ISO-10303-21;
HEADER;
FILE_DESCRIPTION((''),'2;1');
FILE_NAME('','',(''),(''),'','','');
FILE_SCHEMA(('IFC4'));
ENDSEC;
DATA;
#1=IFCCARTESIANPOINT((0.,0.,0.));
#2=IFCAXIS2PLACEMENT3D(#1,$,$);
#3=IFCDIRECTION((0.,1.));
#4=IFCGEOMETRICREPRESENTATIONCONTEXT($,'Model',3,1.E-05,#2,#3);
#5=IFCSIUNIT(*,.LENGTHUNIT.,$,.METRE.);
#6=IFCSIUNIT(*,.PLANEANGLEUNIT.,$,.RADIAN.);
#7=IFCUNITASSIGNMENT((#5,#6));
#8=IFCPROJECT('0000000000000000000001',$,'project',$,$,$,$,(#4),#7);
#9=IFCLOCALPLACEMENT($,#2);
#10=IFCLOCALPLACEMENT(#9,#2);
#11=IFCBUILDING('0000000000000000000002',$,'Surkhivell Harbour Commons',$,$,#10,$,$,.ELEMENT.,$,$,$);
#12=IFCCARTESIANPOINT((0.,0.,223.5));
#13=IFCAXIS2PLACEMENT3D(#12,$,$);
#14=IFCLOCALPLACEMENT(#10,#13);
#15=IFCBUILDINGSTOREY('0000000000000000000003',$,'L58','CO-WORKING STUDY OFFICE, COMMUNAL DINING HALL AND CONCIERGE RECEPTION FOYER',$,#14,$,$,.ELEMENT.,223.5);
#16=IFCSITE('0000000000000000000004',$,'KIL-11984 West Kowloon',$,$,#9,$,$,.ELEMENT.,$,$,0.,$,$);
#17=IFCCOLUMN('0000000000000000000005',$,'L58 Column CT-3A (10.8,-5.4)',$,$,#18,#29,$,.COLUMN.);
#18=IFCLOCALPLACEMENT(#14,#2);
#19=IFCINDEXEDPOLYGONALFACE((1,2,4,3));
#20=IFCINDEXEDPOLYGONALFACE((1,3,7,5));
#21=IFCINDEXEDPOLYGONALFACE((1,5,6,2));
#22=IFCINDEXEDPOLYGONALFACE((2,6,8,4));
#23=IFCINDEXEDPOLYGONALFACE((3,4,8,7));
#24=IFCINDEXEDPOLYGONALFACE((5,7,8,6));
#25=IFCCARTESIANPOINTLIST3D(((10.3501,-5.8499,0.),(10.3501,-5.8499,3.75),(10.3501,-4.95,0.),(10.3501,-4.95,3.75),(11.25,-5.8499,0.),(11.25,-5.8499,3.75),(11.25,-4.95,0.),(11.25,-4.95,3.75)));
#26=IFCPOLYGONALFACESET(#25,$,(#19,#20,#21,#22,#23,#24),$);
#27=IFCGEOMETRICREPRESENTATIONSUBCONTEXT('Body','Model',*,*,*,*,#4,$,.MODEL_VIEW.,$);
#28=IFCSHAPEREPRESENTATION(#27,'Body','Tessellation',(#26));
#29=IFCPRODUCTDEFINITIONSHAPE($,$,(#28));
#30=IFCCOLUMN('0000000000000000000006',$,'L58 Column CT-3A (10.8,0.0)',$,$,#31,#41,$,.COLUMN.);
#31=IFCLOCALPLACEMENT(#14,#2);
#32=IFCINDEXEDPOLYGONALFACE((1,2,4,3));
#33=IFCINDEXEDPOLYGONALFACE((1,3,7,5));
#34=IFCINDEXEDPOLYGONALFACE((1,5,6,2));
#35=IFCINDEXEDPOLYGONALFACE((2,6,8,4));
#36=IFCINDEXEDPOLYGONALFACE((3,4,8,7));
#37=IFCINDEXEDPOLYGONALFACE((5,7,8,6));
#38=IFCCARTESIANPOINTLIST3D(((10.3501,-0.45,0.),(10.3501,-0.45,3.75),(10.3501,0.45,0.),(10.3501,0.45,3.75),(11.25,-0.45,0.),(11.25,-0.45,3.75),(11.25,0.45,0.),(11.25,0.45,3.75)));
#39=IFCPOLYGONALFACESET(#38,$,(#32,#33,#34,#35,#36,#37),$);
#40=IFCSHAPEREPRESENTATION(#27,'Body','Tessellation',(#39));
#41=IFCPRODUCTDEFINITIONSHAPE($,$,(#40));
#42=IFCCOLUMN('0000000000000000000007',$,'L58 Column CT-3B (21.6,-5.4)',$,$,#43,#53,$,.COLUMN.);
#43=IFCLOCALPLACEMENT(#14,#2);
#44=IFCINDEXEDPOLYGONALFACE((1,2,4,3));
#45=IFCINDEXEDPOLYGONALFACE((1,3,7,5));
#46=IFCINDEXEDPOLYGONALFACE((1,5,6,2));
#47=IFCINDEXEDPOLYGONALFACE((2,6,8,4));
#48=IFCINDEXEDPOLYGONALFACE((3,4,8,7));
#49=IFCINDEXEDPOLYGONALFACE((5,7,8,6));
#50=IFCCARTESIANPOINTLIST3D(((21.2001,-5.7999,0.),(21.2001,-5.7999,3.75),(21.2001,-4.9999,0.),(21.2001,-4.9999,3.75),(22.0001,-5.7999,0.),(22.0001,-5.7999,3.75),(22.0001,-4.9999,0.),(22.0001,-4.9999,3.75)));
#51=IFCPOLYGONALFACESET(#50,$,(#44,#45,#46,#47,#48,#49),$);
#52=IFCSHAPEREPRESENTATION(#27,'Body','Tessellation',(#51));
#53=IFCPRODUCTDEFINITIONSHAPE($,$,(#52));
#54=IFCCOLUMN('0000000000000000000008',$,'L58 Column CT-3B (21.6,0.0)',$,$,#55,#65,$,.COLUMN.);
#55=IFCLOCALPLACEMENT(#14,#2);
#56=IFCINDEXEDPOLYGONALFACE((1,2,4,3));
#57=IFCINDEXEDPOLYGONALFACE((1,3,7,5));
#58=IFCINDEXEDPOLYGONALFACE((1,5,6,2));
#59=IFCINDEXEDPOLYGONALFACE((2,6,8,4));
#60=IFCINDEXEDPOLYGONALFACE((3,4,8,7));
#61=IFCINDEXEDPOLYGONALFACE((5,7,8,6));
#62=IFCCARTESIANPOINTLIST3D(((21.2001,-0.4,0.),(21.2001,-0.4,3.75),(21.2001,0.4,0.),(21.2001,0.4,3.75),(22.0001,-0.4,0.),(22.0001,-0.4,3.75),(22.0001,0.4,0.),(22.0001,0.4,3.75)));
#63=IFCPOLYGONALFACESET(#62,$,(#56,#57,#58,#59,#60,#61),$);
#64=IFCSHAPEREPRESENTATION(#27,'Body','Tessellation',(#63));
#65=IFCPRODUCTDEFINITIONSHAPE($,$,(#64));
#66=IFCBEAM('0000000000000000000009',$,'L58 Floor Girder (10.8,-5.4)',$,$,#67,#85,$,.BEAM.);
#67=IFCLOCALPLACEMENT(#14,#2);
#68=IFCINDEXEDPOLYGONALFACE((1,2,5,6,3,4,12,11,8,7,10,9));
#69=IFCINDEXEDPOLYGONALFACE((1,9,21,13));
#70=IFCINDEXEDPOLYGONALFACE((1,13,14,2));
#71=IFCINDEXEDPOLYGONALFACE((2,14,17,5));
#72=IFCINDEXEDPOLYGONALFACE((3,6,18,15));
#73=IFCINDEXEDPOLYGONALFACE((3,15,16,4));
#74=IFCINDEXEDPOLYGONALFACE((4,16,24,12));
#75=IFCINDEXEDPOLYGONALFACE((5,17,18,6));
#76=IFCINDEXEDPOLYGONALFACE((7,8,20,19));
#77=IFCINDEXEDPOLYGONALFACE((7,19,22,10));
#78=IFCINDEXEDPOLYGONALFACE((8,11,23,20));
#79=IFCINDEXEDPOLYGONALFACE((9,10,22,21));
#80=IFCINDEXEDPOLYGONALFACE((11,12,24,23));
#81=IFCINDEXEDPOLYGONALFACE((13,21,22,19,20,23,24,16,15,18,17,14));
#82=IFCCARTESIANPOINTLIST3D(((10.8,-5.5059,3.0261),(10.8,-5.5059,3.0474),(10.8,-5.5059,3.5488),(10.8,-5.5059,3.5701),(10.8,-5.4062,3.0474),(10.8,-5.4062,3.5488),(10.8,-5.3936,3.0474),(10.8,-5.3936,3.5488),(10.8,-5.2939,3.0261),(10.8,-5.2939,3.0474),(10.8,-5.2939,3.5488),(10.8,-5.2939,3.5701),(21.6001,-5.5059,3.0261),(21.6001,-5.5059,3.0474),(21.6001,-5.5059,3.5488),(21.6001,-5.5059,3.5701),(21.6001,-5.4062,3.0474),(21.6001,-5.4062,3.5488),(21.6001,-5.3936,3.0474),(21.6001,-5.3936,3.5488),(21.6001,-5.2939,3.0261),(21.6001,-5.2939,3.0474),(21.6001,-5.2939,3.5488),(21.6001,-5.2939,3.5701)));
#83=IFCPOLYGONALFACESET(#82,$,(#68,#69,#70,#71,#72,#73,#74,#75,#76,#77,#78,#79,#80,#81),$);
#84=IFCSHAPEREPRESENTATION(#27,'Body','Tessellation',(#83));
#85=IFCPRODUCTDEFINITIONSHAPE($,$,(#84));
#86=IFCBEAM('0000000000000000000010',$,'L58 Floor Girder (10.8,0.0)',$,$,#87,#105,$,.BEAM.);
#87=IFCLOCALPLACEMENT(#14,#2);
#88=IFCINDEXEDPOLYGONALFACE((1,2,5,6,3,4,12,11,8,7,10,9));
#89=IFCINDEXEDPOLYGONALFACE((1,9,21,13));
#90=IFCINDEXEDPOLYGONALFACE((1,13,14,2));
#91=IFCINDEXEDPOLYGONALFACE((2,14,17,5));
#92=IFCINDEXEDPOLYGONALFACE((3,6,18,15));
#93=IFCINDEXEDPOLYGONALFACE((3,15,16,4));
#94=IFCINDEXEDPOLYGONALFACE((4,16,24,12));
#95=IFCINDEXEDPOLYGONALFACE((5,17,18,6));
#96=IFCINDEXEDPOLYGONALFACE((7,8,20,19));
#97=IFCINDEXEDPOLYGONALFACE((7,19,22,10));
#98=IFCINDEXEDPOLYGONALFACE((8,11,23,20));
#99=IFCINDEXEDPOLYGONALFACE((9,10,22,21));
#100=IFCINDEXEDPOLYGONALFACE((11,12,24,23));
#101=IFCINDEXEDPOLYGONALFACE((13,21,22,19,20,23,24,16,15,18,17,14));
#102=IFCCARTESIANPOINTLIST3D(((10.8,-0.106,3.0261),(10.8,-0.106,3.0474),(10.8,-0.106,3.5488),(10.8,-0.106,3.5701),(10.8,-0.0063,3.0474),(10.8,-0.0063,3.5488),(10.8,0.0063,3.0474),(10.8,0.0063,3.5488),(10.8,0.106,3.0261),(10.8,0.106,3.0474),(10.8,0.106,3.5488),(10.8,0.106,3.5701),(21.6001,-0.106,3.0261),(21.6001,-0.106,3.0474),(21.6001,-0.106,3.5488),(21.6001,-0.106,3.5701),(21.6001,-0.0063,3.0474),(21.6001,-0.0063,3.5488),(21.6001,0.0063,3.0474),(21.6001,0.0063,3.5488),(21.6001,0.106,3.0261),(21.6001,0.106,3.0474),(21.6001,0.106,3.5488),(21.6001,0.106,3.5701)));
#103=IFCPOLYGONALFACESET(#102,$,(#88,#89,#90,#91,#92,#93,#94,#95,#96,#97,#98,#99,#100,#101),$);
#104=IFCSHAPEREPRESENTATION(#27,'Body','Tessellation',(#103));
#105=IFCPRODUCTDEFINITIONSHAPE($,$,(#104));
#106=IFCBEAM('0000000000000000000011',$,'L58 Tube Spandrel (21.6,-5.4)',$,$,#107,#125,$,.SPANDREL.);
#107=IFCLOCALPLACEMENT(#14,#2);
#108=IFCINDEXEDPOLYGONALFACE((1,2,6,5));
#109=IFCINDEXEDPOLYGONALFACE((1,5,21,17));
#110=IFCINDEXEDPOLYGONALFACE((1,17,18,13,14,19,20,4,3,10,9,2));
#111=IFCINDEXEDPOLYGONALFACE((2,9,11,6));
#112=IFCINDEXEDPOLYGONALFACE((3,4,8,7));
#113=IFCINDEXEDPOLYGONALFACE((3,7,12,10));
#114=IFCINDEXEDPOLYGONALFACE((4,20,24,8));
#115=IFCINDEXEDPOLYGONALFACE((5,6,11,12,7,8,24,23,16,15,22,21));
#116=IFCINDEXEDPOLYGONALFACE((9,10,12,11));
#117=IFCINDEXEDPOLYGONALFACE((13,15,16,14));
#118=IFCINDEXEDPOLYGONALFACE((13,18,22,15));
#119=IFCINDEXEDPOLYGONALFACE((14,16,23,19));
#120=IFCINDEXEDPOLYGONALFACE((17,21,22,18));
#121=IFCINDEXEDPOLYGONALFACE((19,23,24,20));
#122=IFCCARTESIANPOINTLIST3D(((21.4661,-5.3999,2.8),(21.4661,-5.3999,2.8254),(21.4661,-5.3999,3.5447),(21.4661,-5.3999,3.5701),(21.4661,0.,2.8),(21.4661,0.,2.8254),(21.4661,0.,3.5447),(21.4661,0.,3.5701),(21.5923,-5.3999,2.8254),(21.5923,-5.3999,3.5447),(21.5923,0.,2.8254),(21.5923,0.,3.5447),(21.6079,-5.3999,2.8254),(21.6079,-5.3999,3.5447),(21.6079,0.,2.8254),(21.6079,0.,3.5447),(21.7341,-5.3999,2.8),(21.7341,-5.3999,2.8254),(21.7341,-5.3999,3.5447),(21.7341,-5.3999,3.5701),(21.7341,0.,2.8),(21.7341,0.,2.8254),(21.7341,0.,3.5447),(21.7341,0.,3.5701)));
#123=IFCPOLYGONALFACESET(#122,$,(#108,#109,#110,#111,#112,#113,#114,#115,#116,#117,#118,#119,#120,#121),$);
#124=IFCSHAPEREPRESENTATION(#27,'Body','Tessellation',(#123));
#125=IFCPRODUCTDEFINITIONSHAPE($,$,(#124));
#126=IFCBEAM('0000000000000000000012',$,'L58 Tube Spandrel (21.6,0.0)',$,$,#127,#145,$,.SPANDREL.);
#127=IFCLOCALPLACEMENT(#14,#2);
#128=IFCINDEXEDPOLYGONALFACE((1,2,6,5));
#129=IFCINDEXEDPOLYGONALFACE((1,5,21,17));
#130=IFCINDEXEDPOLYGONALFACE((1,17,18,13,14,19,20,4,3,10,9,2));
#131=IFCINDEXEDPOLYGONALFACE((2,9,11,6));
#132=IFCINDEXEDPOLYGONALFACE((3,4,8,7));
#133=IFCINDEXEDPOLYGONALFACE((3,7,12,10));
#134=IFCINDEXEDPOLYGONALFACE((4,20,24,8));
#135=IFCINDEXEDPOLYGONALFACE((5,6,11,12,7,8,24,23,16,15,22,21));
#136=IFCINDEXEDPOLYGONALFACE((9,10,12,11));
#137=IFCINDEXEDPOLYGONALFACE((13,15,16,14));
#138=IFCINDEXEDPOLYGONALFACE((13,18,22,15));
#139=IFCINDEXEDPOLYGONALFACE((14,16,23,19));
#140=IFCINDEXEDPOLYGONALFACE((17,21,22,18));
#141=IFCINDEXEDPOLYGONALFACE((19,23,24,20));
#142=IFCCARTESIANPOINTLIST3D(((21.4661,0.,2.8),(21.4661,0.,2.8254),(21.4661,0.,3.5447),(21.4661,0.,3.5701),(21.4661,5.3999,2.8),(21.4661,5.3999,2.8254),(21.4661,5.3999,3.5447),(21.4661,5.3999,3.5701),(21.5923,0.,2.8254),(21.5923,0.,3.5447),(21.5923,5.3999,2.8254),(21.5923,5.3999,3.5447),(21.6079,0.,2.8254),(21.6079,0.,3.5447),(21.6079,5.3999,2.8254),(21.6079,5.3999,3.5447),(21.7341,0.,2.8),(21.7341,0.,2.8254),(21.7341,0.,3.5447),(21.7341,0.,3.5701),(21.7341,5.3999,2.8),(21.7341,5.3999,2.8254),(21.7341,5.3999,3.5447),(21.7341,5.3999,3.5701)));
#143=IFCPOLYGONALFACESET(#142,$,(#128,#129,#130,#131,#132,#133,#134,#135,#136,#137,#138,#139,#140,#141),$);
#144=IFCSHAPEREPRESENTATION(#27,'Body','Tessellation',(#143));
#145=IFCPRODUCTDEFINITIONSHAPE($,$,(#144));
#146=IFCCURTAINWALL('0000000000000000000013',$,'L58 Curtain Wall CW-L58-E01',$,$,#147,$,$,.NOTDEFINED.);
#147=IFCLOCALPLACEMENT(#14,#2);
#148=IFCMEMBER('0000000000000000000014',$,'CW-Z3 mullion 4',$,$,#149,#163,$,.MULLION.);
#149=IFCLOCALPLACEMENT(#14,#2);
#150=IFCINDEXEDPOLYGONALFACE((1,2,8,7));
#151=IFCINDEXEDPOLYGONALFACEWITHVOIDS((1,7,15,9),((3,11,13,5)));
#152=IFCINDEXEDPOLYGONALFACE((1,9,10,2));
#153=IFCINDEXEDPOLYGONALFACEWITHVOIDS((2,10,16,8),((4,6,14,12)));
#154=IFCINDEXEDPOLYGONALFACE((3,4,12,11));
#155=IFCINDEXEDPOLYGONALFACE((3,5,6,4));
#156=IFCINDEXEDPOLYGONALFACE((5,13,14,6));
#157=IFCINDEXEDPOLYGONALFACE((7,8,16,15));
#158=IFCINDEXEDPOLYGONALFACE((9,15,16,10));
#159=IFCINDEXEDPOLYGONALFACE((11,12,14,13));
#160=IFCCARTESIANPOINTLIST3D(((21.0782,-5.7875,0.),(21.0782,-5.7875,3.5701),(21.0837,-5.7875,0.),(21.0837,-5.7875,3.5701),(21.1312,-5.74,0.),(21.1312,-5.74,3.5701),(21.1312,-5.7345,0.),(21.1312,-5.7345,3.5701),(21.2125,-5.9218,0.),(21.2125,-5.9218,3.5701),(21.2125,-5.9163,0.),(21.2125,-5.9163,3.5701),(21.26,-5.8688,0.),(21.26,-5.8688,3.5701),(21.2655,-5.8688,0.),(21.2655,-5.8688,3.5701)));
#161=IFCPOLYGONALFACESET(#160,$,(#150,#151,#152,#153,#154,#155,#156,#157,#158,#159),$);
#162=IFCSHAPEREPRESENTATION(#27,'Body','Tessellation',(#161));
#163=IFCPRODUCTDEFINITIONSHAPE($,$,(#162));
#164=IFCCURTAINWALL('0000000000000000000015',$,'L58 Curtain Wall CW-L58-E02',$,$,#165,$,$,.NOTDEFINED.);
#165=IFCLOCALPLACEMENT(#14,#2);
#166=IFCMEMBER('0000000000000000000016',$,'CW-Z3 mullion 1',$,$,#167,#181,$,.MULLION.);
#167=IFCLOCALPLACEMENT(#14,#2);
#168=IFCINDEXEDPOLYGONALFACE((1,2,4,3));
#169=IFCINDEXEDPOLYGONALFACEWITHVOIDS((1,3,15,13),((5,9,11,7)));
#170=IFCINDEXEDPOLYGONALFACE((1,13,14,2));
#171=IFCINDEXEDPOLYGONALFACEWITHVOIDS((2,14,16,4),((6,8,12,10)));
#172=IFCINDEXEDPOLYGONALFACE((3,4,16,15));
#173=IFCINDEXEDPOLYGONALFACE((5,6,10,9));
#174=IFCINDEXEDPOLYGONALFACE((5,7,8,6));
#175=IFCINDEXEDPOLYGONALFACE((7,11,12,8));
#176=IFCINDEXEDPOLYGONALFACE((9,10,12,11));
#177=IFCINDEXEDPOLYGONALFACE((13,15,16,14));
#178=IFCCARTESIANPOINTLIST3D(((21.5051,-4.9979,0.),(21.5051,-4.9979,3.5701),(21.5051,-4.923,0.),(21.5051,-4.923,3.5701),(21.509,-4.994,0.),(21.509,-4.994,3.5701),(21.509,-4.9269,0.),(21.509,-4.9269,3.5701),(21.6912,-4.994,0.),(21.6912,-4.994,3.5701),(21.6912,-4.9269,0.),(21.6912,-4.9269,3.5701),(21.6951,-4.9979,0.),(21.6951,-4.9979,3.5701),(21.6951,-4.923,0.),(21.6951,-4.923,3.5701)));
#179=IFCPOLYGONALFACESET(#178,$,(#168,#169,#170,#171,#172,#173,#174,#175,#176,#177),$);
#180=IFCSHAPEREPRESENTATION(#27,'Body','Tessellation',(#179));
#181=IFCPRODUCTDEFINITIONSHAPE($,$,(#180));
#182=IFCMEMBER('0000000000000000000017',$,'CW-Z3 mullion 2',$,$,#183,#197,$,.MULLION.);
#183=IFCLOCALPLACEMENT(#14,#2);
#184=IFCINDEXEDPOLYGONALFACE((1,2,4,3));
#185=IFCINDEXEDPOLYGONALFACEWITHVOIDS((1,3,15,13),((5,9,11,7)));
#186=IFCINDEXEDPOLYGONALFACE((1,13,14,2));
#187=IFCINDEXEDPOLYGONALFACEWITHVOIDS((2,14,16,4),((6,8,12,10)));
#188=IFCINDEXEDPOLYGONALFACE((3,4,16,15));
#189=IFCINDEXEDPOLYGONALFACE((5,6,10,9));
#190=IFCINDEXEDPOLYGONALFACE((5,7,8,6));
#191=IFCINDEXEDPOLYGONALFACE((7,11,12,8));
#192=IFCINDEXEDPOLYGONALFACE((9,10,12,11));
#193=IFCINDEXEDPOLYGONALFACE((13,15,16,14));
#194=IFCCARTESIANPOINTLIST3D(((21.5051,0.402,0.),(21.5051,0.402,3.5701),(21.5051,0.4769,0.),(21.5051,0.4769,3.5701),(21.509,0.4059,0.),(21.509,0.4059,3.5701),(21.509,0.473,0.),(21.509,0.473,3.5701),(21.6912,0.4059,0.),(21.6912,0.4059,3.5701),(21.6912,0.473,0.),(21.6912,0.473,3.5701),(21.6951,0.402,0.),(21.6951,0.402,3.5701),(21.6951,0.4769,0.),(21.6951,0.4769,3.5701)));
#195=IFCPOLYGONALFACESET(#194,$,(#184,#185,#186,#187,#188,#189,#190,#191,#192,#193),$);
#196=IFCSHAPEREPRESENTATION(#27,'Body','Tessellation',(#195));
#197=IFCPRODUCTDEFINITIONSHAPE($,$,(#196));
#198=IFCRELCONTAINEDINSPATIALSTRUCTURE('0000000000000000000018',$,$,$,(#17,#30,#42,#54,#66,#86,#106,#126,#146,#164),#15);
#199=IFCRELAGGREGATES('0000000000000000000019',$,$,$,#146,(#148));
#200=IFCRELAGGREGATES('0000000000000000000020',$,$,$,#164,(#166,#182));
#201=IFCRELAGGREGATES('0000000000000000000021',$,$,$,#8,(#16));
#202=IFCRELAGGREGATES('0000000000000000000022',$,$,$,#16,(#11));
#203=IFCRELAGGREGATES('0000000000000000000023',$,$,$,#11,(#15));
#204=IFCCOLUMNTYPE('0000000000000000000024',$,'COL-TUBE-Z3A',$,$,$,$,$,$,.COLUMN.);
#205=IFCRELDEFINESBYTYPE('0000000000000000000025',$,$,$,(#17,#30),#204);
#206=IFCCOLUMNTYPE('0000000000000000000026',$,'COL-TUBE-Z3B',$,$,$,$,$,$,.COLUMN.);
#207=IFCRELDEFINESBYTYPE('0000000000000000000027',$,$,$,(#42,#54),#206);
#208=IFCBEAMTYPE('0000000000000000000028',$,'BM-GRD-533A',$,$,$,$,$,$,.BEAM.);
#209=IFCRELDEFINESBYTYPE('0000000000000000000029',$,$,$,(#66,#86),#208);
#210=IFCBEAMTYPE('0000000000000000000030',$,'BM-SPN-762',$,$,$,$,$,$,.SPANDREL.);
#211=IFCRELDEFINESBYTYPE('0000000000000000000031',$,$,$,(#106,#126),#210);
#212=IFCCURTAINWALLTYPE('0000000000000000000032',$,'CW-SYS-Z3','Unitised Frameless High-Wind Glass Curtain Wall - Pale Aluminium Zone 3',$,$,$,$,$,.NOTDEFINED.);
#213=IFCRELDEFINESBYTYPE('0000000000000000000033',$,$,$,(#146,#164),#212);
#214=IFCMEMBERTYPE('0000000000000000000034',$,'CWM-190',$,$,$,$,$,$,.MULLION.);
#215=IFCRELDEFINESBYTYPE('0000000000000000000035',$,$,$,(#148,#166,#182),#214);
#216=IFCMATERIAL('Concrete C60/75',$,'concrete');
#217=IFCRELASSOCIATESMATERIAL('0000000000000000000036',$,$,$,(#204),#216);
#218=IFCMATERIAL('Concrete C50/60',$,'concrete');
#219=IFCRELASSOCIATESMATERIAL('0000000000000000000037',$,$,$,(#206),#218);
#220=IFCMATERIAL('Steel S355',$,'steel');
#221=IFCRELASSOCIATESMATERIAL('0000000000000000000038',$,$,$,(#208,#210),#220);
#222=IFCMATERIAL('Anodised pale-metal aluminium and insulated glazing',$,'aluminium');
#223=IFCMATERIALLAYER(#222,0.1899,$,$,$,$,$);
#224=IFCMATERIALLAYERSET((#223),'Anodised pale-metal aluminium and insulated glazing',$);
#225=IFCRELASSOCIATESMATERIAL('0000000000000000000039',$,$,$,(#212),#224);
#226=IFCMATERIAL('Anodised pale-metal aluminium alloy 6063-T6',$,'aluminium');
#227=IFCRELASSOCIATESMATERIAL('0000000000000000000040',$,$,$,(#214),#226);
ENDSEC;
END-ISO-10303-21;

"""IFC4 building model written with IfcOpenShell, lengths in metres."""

from ifc_helpers import new_model, si_unit, direction, frame, origin, origin_2d, place, context, subcontext, project, spatial, rectangle, hollow_rectangle, i_section, extrude, material, layer, layer_set, material_profile, profile_set, type_object, element, aggregate, save


model = new_model("IFC4")

# Units and contexts
model_context = context("Model", 3, precision=1e-05, world=origin(), true_north=direction((0.0, 1.0)))
body_context = subcontext(model_context, "Body", "Model", "MODEL_VIEW")
ifc_project = project(units=[si_unit("LENGTHUNIT", "METRE"), si_unit("PLANEANGLEUNIT", "RADIAN")], contexts=[model_context])

# Site, building, storey
site_placement = place(None, origin())
site = spatial("IfcSite", under=ifc_project, at=site_placement, Name="KIL-11984 West Kowloon", CompositionType="ELEMENT", RefElevation=0.0)
building_placement = place(site_placement, origin())
building = spatial("IfcBuilding", under=site, at=building_placement, Name="Surkhivell Harbour Commons", CompositionType="ELEMENT")
storey_placement = place(building_placement, frame((0.0, 0.0, 223.5)))
storey = spatial("IfcBuildingStorey", under=building, at=storey_placement, Name="L58", Description="CO-WORKING STUDY OFFICE, COMMUNAL DINING HALL AND CONCIERGE RECEPTION FOYER", CompositionType="ELEMENT", Elevation=223.5)

# Columns
ifc_material_1 = material(Name="Concrete C60/75", Category="concrete")
ifc_material_profile_1 = material_profile(ifc_material_1, rectangle(XDim=0.8999, YDim=0.8999, at=origin_2d()), Name="RC-COL-900x900")
ifc_profile_set_1 = profile_set([ifc_material_profile_1], Name="Concrete C60/75")
column_type_1 = type_object("IfcColumnType", Name="COL-TUBE-Z3A", PredefinedType="COLUMN", material=ifc_profile_set_1)
for number, where, z_axis, x_axis, name in (
    (1, (10.8, -5.3999, 0.0), (0.0, 0.0, 1.0), (1.0, 0.0, 0.0), "L58 Column CT-3A (10.8,-5.4)"),
    (2, (10.8, 0.0, 0.0), (0.0, 0.0, 1.0), (1.0, 0.0, 0.0), "L58 Column CT-3A (10.8,0.0)"),
):
    element("IfcColumn", number, at=place(storey_placement, frame(where, z_axis=z_axis, x_axis=x_axis)), inside=storey, type_object=column_type_1, Name=name, PredefinedType="COLUMN", context=body_context, shape_type="SweptSolid", body=[
        extrude(rectangle(XDim=0.8999, YDim=0.8999, at=origin_2d()), origin(), (0.0, 0.0, 1.0), 3.75),
    ])
ifc_material_2 = material(Name="Concrete C50/60", Category="concrete")
ifc_material_profile_2 = material_profile(ifc_material_2, rectangle(XDim=0.8, YDim=0.8, at=origin_2d()), Name="RC-COL-800x800")
ifc_profile_set_2 = profile_set([ifc_material_profile_2], Name="Concrete C50/60")
column_type_2 = type_object("IfcColumnType", Name="COL-TUBE-Z3B", PredefinedType="COLUMN", material=ifc_profile_set_2)
for number, where, z_axis, x_axis, name in (
    (3, (21.6001, -5.3999, 0.0), (0.0, 0.0, 1.0), (1.0, 0.0, 0.0), "L58 Column CT-3B (21.6,-5.4)"),
    (4, (21.6001, 0.0, 0.0), (0.0, 0.0, 1.0), (1.0, 0.0, 0.0), "L58 Column CT-3B (21.6,0.0)"),
):
    element("IfcColumn", number, at=place(storey_placement, frame(where, z_axis=z_axis, x_axis=x_axis)), inside=storey, type_object=column_type_2, Name=name, PredefinedType="COLUMN", context=body_context, shape_type="SweptSolid", body=[
        extrude(rectangle(XDim=0.8, YDim=0.8, at=origin_2d()), origin(), (0.0, 0.0, 1.0), 3.75),
    ])

# Beams
ifc_material_3 = material(Name="Steel S355", Category="steel")
ifc_material_profile_3 = material_profile(ifc_material_3, i_section(OverallWidth=0.2119, OverallDepth=0.5439, WebThickness=0.0127, FlangeThickness=0.0212, at=origin_2d()), Name="UB533x210x122")
ifc_profile_set_3 = profile_set([ifc_material_profile_3], Name="Steel S355")
beam_type_1 = type_object("IfcBeamType", Name="BM-GRD-533A", PredefinedType="BEAM", material=ifc_profile_set_3)
for number, where, z_axis, x_axis, name in (
    (5, (10.8, -5.3999, 3.2981), (1.0, 0.0, 0.0), (0.0, 1.0, 0.0), "L58 Floor Girder (10.8,-5.4)"),
    (6, (10.8, 0.0, 3.2981), (1.0, 0.0, 0.0), (0.0, 1.0, 0.0), "L58 Floor Girder (10.8,0.0)"),
):
    element("IfcBeam", number, at=place(storey_placement, frame(where, z_axis=z_axis, x_axis=x_axis)), inside=storey, type_object=beam_type_1, Name=name, PredefinedType="BEAM", context=body_context, shape_type="SweptSolid", body=[
        extrude(i_section(OverallWidth=0.2119, OverallDepth=0.5439, WebThickness=0.0127, FlangeThickness=0.0212, at=origin_2d()), origin(), (0.0, 0.0, 1.0), 10.8),
    ])
ifc_material_profile_4 = material_profile(ifc_material_3, i_section(OverallWidth=0.2681, OverallDepth=0.77, WebThickness=0.0156, FlangeThickness=0.0254, at=origin_2d()), Name="UB762x267x197")
ifc_profile_set_4 = profile_set([ifc_material_profile_4], Name="Steel S355")
beam_type_2 = type_object("IfcBeamType", Name="BM-SPN-762", PredefinedType="SPANDREL", material=ifc_profile_set_4)
for number, where, z_axis, x_axis, name in (
    (7, (21.6001, -5.3999, 3.1851), (0.0, 1.0, 0.0), (-1.0, 0.0, 0.0), "L58 Tube Spandrel (21.6,-5.4)"),
    (8, (21.6001, 0.0, 3.1851), (0.0, 1.0, 0.0), (-1.0, 0.0, 0.0), "L58 Tube Spandrel (21.6,0.0)"),
):
    element("IfcBeam", number, at=place(storey_placement, frame(where, z_axis=z_axis, x_axis=x_axis)), inside=storey, type_object=beam_type_2, Name=name, PredefinedType="SPANDREL", context=body_context, shape_type="SweptSolid", body=[
        extrude(i_section(OverallWidth=0.2681, OverallDepth=0.77, WebThickness=0.0156, FlangeThickness=0.0254, at=origin_2d()), origin(), (0.0, 0.0, 1.0), 5.3999),
    ])

# Curtain wall, member
ifc_material_4 = material(Name="Anodised pale-metal aluminium and insulated glazing", Category="aluminium")
ifc_layer_1 = layer(ifc_material_4, 0.1899)
ifc_layer_set_1 = layer_set([ifc_layer_1], Name="Anodised pale-metal aluminium and insulated glazing")
curtain_wall_type = type_object("IfcCurtainWallType", Name="CW-SYS-Z3", Description="Unitised Frameless High-Wind Glass Curtain Wall - Pale Aluminium Zone 3", PredefinedType="NOTDEFINED", material=ifc_layer_set_1)
curtain_wall_1_placement = place(storey_placement, origin())
curtain_wall_1 = element("IfcCurtainWall", 9, at=curtain_wall_1_placement, inside=storey, type_object=curtain_wall_type, Name="L58 Curtain Wall CW-L58-E01", PredefinedType="NOTDEFINED")
ifc_material_5 = material(Name="Anodised pale-metal aluminium alloy 6063-T6", Category="aluminium")
ifc_material_profile_5 = material_profile(ifc_material_5, hollow_rectangle(XDim=0.075, YDim=0.1899, WallThickness=0.0039, at=origin_2d()), Name="ALU-MULL-75x190")
ifc_profile_set_5 = profile_set([ifc_material_profile_5], Name="Anodised pale-metal aluminium alloy 6063-T6")
member_type_1 = type_object("IfcMemberType", Name="CWM-190", PredefinedType="MULLION", material=ifc_profile_set_5)
member_1_placement = place(storey_placement, frame((21.1719, -5.8281, 0.0), z_axis=(0.0, 0.0, 1.0), x_axis=(0.707107, 0.707107, 0.0)))
member_1 = element("IfcMember", 10, at=member_1_placement, type_object=member_type_1, Name="CW-Z3 mullion 4", PredefinedType="MULLION", context=body_context, shape_type="SweptSolid", body=[
    extrude(hollow_rectangle(XDim=0.075, YDim=0.1899, WallThickness=0.0039, at=origin_2d()), origin(), (0.0, 0.0, 1.0), 3.5701),
])
aggregate(curtain_wall_1, [member_1])

# Curtain wall, members
curtain_wall_2_placement = place(storey_placement, origin())
curtain_wall_2 = element("IfcCurtainWall", 11, at=curtain_wall_2_placement, inside=storey, type_object=curtain_wall_type, Name="L58 Curtain Wall CW-L58-E02", PredefinedType="NOTDEFINED")
member_2_placement = place(storey_placement, frame((21.6001, -4.9604, 0.0), z_axis=(0.0, 0.0, 1.0), x_axis=(0.0, 1.0, 0.0)))
member_2 = element("IfcMember", 12, at=member_2_placement, type_object=member_type_1, Name="CW-Z3 mullion 1", PredefinedType="MULLION", context=body_context, shape_type="SweptSolid", body=[
    extrude(hollow_rectangle(XDim=0.075, YDim=0.1899, WallThickness=0.0039, at=origin_2d()), origin(), (0.0, 0.0, 1.0), 3.5701),
])
member_3_placement = place(storey_placement, frame((21.6001, 0.4395, 0.0), z_axis=(0.0, 0.0, 1.0), x_axis=(0.0, 1.0, 0.0)))
member_3 = element("IfcMember", 13, at=member_3_placement, type_object=member_type_1, Name="CW-Z3 mullion 2", PredefinedType="MULLION", context=body_context, shape_type="SweptSolid", body=[
    extrude(hollow_rectangle(XDim=0.075, YDim=0.1899, WallThickness=0.0039, at=origin_2d()), origin(), (0.0, 0.0, 1.0), 3.5701),
])
aggregate(curtain_wall_2, [member_2, member_3])

save(model, "model.ifc")
